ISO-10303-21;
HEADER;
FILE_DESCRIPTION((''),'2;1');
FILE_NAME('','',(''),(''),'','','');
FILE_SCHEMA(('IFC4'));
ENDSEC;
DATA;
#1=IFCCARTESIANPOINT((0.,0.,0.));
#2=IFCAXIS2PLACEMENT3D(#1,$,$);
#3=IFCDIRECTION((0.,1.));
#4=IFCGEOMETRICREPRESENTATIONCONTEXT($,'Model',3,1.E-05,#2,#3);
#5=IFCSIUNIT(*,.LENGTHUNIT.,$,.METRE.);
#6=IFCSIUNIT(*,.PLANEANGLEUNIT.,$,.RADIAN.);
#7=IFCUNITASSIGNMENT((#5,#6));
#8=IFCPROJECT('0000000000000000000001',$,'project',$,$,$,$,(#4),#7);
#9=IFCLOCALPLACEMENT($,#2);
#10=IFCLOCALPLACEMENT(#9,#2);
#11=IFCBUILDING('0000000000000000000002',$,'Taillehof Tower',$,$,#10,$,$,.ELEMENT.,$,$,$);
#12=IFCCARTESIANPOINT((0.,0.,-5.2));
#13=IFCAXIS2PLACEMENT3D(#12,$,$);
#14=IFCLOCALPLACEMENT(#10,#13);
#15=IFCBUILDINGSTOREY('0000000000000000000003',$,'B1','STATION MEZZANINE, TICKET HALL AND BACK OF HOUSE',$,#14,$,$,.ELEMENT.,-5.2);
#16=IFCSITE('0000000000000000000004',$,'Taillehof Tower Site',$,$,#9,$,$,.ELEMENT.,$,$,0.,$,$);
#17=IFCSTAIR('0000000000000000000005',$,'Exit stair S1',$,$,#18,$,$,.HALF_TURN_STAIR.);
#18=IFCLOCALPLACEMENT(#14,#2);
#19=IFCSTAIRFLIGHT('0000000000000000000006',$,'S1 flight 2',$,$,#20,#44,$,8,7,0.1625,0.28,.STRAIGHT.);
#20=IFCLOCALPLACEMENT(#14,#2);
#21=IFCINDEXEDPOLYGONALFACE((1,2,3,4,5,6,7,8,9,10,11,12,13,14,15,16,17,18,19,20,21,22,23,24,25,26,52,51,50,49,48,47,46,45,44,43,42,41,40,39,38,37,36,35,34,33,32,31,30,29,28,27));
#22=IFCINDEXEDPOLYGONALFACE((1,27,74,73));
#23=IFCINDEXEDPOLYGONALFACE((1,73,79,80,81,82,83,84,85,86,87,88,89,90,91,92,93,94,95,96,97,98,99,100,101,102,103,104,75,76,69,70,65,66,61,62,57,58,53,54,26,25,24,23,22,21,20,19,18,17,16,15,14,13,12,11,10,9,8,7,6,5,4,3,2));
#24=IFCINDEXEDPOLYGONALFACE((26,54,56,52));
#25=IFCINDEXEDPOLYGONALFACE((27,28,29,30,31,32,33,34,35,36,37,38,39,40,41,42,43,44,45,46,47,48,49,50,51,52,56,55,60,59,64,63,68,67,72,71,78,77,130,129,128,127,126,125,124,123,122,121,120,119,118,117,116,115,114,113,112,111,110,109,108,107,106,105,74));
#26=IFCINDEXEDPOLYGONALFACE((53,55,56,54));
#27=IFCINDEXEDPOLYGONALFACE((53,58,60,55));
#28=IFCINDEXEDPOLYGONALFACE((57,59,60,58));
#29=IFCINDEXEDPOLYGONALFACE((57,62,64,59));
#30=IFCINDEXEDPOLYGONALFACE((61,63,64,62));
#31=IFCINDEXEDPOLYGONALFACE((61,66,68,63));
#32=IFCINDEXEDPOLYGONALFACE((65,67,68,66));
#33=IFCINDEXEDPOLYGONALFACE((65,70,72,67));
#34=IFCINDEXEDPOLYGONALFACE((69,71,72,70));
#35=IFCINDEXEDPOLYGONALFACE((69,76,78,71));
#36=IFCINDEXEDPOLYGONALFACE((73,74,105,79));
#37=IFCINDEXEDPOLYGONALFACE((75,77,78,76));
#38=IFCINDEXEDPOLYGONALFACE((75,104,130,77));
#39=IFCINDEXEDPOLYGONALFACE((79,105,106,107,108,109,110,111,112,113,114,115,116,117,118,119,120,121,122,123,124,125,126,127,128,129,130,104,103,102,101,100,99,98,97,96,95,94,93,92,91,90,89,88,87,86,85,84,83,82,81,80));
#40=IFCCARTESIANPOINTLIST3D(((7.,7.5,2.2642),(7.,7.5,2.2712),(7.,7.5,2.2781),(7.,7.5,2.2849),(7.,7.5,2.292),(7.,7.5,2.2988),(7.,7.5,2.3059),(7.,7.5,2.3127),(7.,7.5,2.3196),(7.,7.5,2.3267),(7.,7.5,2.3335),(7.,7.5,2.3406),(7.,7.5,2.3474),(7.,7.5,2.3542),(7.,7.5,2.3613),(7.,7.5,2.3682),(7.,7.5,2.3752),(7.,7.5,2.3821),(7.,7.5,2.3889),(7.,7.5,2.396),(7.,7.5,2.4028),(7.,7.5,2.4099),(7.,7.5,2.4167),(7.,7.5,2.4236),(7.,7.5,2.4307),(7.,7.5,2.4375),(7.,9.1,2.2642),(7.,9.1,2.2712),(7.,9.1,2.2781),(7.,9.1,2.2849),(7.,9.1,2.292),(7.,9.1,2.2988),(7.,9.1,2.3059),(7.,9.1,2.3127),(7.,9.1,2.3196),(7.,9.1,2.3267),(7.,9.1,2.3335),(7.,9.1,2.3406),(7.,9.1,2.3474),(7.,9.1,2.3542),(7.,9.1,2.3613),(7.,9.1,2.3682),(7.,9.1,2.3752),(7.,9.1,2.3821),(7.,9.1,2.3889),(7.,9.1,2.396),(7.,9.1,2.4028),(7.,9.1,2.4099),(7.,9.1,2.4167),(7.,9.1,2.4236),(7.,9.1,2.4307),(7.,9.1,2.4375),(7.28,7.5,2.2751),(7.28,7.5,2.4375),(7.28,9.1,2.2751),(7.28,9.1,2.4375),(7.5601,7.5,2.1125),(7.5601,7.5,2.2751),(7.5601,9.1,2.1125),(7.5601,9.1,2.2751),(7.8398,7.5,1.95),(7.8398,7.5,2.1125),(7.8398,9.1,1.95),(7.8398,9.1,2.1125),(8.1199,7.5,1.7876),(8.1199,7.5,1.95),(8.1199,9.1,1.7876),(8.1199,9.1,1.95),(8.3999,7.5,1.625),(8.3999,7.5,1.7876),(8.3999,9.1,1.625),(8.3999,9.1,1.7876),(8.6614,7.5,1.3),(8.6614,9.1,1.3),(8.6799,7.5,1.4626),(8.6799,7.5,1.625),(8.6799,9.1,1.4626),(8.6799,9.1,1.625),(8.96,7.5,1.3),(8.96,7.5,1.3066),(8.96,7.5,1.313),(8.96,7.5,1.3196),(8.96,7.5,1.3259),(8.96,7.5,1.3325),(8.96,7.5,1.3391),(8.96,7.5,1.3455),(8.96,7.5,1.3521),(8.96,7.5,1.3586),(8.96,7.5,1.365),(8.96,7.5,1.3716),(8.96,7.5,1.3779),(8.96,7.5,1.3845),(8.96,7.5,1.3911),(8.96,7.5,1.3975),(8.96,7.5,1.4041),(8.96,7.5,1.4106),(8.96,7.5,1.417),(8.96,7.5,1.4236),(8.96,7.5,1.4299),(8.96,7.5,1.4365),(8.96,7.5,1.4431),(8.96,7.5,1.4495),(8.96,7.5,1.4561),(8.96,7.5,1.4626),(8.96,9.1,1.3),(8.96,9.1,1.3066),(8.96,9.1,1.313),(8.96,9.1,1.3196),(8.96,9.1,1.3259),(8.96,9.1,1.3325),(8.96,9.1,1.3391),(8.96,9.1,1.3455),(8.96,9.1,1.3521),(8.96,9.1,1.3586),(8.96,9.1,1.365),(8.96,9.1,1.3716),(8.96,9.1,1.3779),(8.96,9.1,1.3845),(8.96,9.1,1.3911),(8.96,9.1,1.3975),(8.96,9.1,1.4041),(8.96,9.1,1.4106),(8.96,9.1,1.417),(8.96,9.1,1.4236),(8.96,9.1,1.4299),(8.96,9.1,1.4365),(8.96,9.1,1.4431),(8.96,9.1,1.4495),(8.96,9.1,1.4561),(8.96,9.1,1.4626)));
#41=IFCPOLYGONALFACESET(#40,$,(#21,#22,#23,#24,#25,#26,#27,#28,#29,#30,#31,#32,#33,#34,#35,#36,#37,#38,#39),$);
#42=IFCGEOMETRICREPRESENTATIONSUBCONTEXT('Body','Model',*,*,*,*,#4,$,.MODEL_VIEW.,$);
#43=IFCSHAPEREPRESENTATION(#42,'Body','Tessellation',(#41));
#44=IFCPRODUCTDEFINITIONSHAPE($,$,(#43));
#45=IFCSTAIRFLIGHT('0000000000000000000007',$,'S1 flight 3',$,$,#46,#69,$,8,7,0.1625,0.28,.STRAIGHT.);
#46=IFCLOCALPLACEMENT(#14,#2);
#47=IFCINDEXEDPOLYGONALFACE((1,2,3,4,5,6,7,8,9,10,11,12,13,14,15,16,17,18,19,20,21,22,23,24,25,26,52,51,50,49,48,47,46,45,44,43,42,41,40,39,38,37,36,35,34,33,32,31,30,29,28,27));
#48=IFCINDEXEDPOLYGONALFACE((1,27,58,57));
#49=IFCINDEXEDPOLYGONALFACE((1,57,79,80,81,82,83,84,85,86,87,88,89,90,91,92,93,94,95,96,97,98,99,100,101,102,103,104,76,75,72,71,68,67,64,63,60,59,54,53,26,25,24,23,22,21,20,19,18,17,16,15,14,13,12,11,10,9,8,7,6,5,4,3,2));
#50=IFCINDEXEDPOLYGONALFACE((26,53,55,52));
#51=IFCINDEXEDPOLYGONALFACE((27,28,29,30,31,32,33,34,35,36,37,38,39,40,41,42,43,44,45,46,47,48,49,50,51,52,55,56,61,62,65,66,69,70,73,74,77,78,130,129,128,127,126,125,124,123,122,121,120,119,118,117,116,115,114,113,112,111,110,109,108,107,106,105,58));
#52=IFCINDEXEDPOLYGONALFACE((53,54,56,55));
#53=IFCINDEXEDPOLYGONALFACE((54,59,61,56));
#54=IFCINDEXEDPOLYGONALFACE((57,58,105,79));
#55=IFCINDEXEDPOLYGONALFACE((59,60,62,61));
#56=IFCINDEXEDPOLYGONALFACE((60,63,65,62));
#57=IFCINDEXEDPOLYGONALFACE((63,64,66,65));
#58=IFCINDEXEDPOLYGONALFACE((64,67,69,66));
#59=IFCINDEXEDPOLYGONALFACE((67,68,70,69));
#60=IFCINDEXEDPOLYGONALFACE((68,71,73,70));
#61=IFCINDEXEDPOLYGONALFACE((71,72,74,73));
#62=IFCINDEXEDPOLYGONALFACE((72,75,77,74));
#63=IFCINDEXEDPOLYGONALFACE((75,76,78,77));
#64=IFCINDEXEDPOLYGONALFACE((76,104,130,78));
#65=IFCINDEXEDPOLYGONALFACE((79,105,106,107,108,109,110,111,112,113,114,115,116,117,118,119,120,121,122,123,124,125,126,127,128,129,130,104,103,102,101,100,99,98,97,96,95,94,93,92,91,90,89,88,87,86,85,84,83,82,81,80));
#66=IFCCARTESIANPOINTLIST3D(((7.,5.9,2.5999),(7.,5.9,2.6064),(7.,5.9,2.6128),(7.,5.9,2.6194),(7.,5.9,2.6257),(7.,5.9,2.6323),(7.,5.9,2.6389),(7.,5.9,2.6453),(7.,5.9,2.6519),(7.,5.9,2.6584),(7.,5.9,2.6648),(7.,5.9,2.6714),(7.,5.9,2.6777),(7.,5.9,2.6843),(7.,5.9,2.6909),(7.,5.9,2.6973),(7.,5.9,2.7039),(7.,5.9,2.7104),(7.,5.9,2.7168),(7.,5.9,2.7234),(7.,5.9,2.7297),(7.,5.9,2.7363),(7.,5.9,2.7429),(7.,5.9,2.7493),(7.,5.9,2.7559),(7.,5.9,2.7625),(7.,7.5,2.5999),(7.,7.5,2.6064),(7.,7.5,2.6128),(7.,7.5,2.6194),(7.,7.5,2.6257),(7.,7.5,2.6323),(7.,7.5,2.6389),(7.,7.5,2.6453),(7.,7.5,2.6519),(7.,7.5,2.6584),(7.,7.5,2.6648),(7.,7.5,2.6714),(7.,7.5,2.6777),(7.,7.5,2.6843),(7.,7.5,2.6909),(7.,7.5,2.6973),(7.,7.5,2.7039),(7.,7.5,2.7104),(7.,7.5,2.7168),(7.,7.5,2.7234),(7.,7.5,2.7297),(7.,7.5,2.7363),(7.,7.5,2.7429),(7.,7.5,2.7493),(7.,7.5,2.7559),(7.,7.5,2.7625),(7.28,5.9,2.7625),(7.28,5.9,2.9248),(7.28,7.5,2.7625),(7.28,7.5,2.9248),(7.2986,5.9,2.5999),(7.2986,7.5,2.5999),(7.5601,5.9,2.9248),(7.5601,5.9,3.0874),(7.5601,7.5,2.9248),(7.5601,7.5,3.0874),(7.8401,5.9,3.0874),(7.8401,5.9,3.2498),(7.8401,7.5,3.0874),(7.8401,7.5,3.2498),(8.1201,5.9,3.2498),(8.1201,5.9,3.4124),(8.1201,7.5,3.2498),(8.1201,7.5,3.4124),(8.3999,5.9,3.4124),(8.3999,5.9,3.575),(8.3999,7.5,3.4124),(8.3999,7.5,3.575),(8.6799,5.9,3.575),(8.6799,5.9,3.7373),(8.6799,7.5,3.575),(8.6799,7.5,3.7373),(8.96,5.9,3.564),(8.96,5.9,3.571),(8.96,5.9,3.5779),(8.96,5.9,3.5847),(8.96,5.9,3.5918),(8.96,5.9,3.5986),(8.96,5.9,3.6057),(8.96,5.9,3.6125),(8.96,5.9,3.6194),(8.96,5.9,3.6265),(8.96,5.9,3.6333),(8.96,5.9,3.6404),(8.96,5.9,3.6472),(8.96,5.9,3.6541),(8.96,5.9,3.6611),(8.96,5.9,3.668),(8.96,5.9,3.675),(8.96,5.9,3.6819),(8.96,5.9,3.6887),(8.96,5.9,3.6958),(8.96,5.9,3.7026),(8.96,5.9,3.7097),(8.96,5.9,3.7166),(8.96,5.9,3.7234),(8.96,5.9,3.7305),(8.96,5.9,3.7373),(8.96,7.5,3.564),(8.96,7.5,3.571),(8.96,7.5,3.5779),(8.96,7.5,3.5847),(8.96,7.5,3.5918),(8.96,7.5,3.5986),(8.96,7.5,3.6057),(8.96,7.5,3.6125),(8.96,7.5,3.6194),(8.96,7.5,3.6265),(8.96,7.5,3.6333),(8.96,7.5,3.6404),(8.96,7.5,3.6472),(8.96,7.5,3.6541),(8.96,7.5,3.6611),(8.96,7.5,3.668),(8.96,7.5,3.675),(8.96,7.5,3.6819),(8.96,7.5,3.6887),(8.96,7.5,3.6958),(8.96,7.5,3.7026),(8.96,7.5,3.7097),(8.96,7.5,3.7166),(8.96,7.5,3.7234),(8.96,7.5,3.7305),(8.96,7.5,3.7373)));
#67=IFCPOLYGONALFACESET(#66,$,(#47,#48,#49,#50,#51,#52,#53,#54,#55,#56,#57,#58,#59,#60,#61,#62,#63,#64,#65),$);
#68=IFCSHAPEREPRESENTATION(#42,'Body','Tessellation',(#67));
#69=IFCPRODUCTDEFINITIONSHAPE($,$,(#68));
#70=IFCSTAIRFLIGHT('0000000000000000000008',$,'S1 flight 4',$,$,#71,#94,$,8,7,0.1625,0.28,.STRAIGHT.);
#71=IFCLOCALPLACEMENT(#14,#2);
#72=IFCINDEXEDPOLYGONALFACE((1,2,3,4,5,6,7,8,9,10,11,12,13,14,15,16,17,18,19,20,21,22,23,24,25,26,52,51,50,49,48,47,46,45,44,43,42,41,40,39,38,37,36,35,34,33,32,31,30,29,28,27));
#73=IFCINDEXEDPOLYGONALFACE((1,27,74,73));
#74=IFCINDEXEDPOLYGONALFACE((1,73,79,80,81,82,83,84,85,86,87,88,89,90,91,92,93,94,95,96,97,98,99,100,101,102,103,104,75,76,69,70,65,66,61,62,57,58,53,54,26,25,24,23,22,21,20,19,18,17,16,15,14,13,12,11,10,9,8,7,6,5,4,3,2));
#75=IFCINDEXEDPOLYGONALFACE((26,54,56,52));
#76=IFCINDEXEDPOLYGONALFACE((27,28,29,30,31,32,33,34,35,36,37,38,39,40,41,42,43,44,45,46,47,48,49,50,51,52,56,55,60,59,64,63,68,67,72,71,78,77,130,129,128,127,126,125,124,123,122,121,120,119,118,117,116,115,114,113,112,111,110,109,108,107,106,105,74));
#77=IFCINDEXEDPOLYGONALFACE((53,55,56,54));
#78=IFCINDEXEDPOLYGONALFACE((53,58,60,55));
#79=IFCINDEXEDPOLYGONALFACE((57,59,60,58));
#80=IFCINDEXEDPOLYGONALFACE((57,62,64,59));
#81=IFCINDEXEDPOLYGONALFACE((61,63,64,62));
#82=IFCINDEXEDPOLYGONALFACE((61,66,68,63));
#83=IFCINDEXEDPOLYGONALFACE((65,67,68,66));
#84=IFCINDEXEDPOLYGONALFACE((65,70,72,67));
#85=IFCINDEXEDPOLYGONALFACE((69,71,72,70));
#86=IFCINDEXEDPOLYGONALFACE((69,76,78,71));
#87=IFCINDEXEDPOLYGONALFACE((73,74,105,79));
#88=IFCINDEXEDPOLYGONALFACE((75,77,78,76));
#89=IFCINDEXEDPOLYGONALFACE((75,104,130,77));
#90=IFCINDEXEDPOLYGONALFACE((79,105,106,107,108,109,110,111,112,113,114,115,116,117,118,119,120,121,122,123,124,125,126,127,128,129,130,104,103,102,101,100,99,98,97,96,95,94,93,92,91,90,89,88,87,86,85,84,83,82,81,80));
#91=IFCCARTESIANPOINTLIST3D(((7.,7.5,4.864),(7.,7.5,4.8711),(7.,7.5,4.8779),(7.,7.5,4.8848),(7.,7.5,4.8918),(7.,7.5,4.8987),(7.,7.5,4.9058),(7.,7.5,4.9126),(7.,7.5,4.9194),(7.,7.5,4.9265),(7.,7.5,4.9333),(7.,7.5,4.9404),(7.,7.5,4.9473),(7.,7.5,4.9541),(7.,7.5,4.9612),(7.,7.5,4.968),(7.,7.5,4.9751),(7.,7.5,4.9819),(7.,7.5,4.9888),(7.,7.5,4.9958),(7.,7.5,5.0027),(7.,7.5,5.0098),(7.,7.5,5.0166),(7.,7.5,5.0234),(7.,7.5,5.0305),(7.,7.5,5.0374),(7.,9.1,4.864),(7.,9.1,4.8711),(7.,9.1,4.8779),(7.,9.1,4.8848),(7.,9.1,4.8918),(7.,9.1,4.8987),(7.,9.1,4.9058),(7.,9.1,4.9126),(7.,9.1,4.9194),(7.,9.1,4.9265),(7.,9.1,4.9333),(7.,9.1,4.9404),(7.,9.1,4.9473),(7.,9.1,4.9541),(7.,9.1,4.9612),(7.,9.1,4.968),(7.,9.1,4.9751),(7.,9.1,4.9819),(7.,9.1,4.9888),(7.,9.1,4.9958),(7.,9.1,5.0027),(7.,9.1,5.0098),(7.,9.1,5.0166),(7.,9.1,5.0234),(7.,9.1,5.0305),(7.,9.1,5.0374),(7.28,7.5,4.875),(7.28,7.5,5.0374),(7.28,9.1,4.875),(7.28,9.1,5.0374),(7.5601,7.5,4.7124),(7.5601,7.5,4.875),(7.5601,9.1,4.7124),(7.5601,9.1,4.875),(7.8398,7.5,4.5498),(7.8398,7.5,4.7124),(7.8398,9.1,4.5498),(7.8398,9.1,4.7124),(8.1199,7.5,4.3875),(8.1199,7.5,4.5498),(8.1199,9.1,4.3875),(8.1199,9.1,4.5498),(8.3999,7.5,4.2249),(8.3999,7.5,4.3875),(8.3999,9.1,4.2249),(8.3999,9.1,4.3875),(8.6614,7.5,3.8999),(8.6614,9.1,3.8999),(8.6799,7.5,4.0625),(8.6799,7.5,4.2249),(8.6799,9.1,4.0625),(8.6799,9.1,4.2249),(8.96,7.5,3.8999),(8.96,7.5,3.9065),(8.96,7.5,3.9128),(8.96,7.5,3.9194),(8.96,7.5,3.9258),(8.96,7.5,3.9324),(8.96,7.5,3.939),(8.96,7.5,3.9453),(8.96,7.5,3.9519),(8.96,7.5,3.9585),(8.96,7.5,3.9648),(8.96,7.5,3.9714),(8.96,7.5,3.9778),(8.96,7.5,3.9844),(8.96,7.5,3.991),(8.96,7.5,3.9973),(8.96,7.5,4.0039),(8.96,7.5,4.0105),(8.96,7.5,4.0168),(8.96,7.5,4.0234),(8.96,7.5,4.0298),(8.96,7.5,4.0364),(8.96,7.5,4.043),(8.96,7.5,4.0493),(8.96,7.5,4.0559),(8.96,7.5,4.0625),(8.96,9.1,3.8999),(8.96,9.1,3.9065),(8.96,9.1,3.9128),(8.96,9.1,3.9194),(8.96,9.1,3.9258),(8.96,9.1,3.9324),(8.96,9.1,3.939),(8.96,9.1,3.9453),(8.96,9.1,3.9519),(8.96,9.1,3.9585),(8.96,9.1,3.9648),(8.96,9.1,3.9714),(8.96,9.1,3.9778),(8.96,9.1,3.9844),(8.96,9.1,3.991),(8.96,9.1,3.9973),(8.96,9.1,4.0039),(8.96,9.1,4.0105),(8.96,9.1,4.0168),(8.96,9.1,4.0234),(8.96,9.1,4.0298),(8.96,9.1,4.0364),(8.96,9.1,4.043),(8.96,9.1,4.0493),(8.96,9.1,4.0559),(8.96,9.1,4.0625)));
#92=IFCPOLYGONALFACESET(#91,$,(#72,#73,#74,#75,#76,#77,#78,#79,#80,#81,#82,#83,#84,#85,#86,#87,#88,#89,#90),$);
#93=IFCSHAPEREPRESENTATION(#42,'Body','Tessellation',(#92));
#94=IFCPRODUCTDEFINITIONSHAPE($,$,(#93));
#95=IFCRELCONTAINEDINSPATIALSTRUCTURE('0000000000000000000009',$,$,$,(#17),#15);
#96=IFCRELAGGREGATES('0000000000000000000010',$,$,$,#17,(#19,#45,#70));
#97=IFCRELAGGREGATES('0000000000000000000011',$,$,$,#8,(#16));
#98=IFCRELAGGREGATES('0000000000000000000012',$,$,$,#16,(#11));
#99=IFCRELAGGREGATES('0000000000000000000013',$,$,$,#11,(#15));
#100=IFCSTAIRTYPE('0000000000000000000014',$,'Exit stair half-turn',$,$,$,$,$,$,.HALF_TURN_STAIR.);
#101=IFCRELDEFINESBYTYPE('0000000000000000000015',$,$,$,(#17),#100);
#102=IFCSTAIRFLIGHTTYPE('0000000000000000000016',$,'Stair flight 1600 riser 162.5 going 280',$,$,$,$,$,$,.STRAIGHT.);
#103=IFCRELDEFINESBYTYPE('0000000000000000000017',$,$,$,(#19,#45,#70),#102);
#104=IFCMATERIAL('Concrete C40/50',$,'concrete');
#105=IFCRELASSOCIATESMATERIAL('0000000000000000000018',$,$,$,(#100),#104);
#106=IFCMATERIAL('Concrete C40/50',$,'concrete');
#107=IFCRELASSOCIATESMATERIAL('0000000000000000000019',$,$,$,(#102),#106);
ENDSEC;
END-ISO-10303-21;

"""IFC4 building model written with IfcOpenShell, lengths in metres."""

from ifc_helpers import new_model, si_unit, direction, frame, origin, place, context, subcontext, project, spatial, polyline, outline, extrude, material, type_object, element, aggregate, save


model = new_model("IFC4")

# Units and contexts
model_context = context("Model", 3, precision=1e-05, world=origin(), true_north=direction((0.0, 1.0)))
body_context = subcontext(model_context, "Body", "Model", "MODEL_VIEW")
ifc_project = project(units=[si_unit("LENGTHUNIT", "METRE"), si_unit("PLANEANGLEUNIT", "RADIAN")], contexts=[model_context])

# Site, building, storey
site_placement = place(None, origin())
site = spatial("IfcSite", under=ifc_project, at=site_placement, Name="Taillehof Tower Site", CompositionType="ELEMENT", RefElevation=0.0)
building_placement = place(site_placement, origin())
building = spatial("IfcBuilding", under=site, at=building_placement, Name="Taillehof Tower", CompositionType="ELEMENT")
storey_placement = place(building_placement, frame((0.0, 0.0, -5.2)))
storey = spatial("IfcBuildingStorey", under=building, at=storey_placement, Name="B1", Description="STATION MEZZANINE, TICKET HALL AND BACK OF HOUSE", CompositionType="ELEMENT", Elevation=-5.2)

# Stair, stair flights
ifc_material_1 = material(Name="Concrete C40/50", Category="concrete")
stair_type = type_object("IfcStairType", Name="Exit stair half-turn", PredefinedType="HALF_TURN_STAIR", material=ifc_material_1)
stair_placement = place(storey_placement, origin())
stair = element("IfcStair", 1, at=stair_placement, inside=storey, type_object=stair_type, Name="Exit stair S1", PredefinedType="HALF_TURN_STAIR")
ifc_material_2 = material(Name="Concrete C40/50", Category="concrete")
stair_flight_type = type_object("IfcStairFlightType", Name="Stair flight 1600 riser 162.5 going 280", PredefinedType="STRAIGHT", material=ifc_material_2)
stair_flight_1_placement = place(storey_placement, frame((8.96, 8.3, 1.3), z_axis=(0.0, 0.0, 1.0), x_axis=(-1.0, 0.0, 0.0)))
stair_flight_1 = element("IfcStairFlight", 2, at=stair_flight_1_placement, type_object=stair_flight_type, Name="S1 flight 2", NumberOfRisers=8, NumberOfTreads=7, PredefinedType="STRAIGHT", RiserHeight=0.1625, TreadLength=0.28, context=body_context, shape_type="SweptSolid", body=[
    extrude(outline(polyline([(0.0, 0.0), (0.0, 0.0066), (0.0, 0.0129), (0.0, 0.0195), (0.0, 0.0259), (0.0, 0.0325), (0.0, 0.0391), (0.0, 0.0454), (0.0, 0.052), (0.0, 0.0586), (0.0, 0.0649), (0.0, 0.0715), (0.0, 0.0779), (0.0, 0.0845), (0.0, 0.0911), (0.0, 0.0974), (0.0, 0.104), (0.0, 0.1106), (0.0, 0.1169), (0.0, 0.1235), (0.0, 0.1299), (0.0, 0.1365), (0.0, 0.1431), (0.0, 0.1494), (0.0, 0.156), (0.0, 0.1626), (0.28, 0.1626), (0.28, 0.325), (0.5601, 0.325), (0.5601, 0.4875), (0.8401, 0.4875), (0.8401, 0.6499), (1.1201, 0.6499), (1.1201, 0.8125), (1.3999, 0.8125), (1.3999, 0.9751), (1.6799, 0.9751), (1.6799, 1.1375), (1.96, 1.1375), (1.96, 1.1306), (1.96, 1.1235), (1.96, 1.1167), (1.96, 1.1099), (1.96, 1.1028), (1.96, 1.0959), (1.96, 1.0889), (1.96, 1.082), (1.96, 1.0752), (1.96, 1.0681), (1.96, 1.0613), (1.96, 1.0542), (1.96, 1.0474), (1.96, 1.0405), (1.96, 1.0334), (1.96, 1.0266), (1.96, 1.0195), (1.96, 1.0127), (1.96, 1.0059), (1.96, 0.9988), (1.96, 0.9919), (1.96, 0.9849), (1.96, 0.978), (1.96, 0.9712), (1.96, 0.9641), (0.2986, 0.0), (0.0, 0.0)])), frame((0.0, 0.8, 0.0), z_axis=(0.0, -1.0, 0.0), x_axis=(1.0, 0.0, 0.0)), (0.0, 0.0, 1.0), 1.6),
])
stair_flight_2_placement = place(storey_placement, frame((7.0, 6.7, 2.5999), z_axis=(0.0, 0.0, 1.0), x_axis=(1.0, 0.0, 0.0)))
stair_flight_2 = element("IfcStairFlight", 3, at=stair_flight_2_placement, type_object=stair_flight_type, Name="S1 flight 3", NumberOfRisers=8, NumberOfTreads=7, PredefinedType="STRAIGHT", RiserHeight=0.1625, TreadLength=0.28, context=body_context, shape_type="SweptSolid", body=[
    extrude(outline(polyline([(0.0, 0.0), (0.0, 0.0066), (0.0, 0.0129), (0.0, 0.0195), (0.0, 0.0259), (0.0, 0.0325), (0.0, 0.0391), (0.0, 0.0454), (0.0, 0.052), (0.0, 0.0586), (0.0, 0.0649), (0.0, 0.0715), (0.0, 0.0779), (0.0, 0.0845), (0.0, 0.0911), (0.0, 0.0974), (0.0, 0.104), (0.0, 0.1106), (0.0, 0.1169), (0.0, 0.1235), (0.0, 0.1299), (0.0, 0.1365), (0.0, 0.1431), (0.0, 0.1494), (0.0, 0.156), (0.0, 0.1626), (0.28, 0.1626), (0.28, 0.325), (0.5601, 0.325), (0.5601, 0.4875), (0.8401, 0.4875), (0.8401, 0.6499), (1.1201, 0.6499), (1.1201, 0.8125), (1.3999, 0.8125), (1.3999, 0.9751), (1.6799, 0.9751), (1.6799, 1.1375), (1.96, 1.1375), (1.96, 1.1306), (1.96, 1.1235), (1.96, 1.1167), (1.96, 1.1099), (1.96, 1.1028), (1.96, 1.0959), (1.96, 1.0889), (1.96, 1.082), (1.96, 1.0752), (1.96, 1.0681), (1.96, 1.0613), (1.96, 1.0542), (1.96, 1.0474), (1.96, 1.0405), (1.96, 1.0334), (1.96, 1.0266), (1.96, 1.0195), (1.96, 1.0127), (1.96, 1.0059), (1.96, 0.9988), (1.96, 0.9919), (1.96, 0.9849), (1.96, 0.978), (1.96, 0.9712), (1.96, 0.9641), (0.2986, 0.0), (0.0, 0.0)])), frame((0.0, 0.8, 0.0), z_axis=(0.0, -1.0, 0.0), x_axis=(1.0, 0.0, 0.0)), (0.0, 0.0, 1.0), 1.6),
])
stair_flight_3_placement = place(storey_placement, frame((8.96, 8.3, 3.8999), z_axis=(0.0, 0.0, 1.0), x_axis=(-1.0, 0.0, 0.0)))
stair_flight_3 = element("IfcStairFlight", 4, at=stair_flight_3_placement, type_object=stair_flight_type, Name="S1 flight 4", NumberOfRisers=8, NumberOfTreads=7, PredefinedType="STRAIGHT", RiserHeight=0.1625, TreadLength=0.28, context=body_context, shape_type="SweptSolid", body=[
    extrude(outline(polyline([(0.0, 0.0), (0.0, 0.0066), (0.0, 0.0129), (0.0, 0.0195), (0.0, 0.0259), (0.0, 0.0325), (0.0, 0.0391), (0.0, 0.0454), (0.0, 0.052), (0.0, 0.0586), (0.0, 0.0649), (0.0, 0.0715), (0.0, 0.0779), (0.0, 0.0845), (0.0, 0.0911), (0.0, 0.0974), (0.0, 0.104), (0.0, 0.1106), (0.0, 0.1169), (0.0, 0.1235), (0.0, 0.1299), (0.0, 0.1365), (0.0, 0.1431), (0.0, 0.1494), (0.0, 0.156), (0.0, 0.1626), (0.28, 0.1626), (0.28, 0.325), (0.5601, 0.325), (0.5601, 0.4875), (0.8401, 0.4875), (0.8401, 0.6499), (1.1201, 0.6499), (1.1201, 0.8125), (1.3999, 0.8125), (1.3999, 0.9751), (1.6799, 0.9751), (1.6799, 1.1375), (1.96, 1.1375), (1.96, 1.1306), (1.96, 1.1235), (1.96, 1.1167), (1.96, 1.1099), (1.96, 1.1028), (1.96, 1.0959), (1.96, 1.0889), (1.96, 1.082), (1.96, 1.0752), (1.96, 1.0681), (1.96, 1.0613), (1.96, 1.0542), (1.96, 1.0474), (1.96, 1.0405), (1.96, 1.0334), (1.96, 1.0266), (1.96, 1.0195), (1.96, 1.0127), (1.96, 1.0059), (1.96, 0.9988), (1.96, 0.9919), (1.96, 0.9849), (1.96, 0.978), (1.96, 0.9712), (1.96, 0.9641), (0.2986, 0.0), (0.0, 0.0)])), frame((0.0, 0.8, 0.0), z_axis=(0.0, -1.0, 0.0), x_axis=(1.0, 0.0, 0.0)), (0.0, 0.0, 1.0), 1.6),
])
aggregate(stair, [stair_flight_1, stair_flight_2, stair_flight_3])

save(model, "model.ifc")
